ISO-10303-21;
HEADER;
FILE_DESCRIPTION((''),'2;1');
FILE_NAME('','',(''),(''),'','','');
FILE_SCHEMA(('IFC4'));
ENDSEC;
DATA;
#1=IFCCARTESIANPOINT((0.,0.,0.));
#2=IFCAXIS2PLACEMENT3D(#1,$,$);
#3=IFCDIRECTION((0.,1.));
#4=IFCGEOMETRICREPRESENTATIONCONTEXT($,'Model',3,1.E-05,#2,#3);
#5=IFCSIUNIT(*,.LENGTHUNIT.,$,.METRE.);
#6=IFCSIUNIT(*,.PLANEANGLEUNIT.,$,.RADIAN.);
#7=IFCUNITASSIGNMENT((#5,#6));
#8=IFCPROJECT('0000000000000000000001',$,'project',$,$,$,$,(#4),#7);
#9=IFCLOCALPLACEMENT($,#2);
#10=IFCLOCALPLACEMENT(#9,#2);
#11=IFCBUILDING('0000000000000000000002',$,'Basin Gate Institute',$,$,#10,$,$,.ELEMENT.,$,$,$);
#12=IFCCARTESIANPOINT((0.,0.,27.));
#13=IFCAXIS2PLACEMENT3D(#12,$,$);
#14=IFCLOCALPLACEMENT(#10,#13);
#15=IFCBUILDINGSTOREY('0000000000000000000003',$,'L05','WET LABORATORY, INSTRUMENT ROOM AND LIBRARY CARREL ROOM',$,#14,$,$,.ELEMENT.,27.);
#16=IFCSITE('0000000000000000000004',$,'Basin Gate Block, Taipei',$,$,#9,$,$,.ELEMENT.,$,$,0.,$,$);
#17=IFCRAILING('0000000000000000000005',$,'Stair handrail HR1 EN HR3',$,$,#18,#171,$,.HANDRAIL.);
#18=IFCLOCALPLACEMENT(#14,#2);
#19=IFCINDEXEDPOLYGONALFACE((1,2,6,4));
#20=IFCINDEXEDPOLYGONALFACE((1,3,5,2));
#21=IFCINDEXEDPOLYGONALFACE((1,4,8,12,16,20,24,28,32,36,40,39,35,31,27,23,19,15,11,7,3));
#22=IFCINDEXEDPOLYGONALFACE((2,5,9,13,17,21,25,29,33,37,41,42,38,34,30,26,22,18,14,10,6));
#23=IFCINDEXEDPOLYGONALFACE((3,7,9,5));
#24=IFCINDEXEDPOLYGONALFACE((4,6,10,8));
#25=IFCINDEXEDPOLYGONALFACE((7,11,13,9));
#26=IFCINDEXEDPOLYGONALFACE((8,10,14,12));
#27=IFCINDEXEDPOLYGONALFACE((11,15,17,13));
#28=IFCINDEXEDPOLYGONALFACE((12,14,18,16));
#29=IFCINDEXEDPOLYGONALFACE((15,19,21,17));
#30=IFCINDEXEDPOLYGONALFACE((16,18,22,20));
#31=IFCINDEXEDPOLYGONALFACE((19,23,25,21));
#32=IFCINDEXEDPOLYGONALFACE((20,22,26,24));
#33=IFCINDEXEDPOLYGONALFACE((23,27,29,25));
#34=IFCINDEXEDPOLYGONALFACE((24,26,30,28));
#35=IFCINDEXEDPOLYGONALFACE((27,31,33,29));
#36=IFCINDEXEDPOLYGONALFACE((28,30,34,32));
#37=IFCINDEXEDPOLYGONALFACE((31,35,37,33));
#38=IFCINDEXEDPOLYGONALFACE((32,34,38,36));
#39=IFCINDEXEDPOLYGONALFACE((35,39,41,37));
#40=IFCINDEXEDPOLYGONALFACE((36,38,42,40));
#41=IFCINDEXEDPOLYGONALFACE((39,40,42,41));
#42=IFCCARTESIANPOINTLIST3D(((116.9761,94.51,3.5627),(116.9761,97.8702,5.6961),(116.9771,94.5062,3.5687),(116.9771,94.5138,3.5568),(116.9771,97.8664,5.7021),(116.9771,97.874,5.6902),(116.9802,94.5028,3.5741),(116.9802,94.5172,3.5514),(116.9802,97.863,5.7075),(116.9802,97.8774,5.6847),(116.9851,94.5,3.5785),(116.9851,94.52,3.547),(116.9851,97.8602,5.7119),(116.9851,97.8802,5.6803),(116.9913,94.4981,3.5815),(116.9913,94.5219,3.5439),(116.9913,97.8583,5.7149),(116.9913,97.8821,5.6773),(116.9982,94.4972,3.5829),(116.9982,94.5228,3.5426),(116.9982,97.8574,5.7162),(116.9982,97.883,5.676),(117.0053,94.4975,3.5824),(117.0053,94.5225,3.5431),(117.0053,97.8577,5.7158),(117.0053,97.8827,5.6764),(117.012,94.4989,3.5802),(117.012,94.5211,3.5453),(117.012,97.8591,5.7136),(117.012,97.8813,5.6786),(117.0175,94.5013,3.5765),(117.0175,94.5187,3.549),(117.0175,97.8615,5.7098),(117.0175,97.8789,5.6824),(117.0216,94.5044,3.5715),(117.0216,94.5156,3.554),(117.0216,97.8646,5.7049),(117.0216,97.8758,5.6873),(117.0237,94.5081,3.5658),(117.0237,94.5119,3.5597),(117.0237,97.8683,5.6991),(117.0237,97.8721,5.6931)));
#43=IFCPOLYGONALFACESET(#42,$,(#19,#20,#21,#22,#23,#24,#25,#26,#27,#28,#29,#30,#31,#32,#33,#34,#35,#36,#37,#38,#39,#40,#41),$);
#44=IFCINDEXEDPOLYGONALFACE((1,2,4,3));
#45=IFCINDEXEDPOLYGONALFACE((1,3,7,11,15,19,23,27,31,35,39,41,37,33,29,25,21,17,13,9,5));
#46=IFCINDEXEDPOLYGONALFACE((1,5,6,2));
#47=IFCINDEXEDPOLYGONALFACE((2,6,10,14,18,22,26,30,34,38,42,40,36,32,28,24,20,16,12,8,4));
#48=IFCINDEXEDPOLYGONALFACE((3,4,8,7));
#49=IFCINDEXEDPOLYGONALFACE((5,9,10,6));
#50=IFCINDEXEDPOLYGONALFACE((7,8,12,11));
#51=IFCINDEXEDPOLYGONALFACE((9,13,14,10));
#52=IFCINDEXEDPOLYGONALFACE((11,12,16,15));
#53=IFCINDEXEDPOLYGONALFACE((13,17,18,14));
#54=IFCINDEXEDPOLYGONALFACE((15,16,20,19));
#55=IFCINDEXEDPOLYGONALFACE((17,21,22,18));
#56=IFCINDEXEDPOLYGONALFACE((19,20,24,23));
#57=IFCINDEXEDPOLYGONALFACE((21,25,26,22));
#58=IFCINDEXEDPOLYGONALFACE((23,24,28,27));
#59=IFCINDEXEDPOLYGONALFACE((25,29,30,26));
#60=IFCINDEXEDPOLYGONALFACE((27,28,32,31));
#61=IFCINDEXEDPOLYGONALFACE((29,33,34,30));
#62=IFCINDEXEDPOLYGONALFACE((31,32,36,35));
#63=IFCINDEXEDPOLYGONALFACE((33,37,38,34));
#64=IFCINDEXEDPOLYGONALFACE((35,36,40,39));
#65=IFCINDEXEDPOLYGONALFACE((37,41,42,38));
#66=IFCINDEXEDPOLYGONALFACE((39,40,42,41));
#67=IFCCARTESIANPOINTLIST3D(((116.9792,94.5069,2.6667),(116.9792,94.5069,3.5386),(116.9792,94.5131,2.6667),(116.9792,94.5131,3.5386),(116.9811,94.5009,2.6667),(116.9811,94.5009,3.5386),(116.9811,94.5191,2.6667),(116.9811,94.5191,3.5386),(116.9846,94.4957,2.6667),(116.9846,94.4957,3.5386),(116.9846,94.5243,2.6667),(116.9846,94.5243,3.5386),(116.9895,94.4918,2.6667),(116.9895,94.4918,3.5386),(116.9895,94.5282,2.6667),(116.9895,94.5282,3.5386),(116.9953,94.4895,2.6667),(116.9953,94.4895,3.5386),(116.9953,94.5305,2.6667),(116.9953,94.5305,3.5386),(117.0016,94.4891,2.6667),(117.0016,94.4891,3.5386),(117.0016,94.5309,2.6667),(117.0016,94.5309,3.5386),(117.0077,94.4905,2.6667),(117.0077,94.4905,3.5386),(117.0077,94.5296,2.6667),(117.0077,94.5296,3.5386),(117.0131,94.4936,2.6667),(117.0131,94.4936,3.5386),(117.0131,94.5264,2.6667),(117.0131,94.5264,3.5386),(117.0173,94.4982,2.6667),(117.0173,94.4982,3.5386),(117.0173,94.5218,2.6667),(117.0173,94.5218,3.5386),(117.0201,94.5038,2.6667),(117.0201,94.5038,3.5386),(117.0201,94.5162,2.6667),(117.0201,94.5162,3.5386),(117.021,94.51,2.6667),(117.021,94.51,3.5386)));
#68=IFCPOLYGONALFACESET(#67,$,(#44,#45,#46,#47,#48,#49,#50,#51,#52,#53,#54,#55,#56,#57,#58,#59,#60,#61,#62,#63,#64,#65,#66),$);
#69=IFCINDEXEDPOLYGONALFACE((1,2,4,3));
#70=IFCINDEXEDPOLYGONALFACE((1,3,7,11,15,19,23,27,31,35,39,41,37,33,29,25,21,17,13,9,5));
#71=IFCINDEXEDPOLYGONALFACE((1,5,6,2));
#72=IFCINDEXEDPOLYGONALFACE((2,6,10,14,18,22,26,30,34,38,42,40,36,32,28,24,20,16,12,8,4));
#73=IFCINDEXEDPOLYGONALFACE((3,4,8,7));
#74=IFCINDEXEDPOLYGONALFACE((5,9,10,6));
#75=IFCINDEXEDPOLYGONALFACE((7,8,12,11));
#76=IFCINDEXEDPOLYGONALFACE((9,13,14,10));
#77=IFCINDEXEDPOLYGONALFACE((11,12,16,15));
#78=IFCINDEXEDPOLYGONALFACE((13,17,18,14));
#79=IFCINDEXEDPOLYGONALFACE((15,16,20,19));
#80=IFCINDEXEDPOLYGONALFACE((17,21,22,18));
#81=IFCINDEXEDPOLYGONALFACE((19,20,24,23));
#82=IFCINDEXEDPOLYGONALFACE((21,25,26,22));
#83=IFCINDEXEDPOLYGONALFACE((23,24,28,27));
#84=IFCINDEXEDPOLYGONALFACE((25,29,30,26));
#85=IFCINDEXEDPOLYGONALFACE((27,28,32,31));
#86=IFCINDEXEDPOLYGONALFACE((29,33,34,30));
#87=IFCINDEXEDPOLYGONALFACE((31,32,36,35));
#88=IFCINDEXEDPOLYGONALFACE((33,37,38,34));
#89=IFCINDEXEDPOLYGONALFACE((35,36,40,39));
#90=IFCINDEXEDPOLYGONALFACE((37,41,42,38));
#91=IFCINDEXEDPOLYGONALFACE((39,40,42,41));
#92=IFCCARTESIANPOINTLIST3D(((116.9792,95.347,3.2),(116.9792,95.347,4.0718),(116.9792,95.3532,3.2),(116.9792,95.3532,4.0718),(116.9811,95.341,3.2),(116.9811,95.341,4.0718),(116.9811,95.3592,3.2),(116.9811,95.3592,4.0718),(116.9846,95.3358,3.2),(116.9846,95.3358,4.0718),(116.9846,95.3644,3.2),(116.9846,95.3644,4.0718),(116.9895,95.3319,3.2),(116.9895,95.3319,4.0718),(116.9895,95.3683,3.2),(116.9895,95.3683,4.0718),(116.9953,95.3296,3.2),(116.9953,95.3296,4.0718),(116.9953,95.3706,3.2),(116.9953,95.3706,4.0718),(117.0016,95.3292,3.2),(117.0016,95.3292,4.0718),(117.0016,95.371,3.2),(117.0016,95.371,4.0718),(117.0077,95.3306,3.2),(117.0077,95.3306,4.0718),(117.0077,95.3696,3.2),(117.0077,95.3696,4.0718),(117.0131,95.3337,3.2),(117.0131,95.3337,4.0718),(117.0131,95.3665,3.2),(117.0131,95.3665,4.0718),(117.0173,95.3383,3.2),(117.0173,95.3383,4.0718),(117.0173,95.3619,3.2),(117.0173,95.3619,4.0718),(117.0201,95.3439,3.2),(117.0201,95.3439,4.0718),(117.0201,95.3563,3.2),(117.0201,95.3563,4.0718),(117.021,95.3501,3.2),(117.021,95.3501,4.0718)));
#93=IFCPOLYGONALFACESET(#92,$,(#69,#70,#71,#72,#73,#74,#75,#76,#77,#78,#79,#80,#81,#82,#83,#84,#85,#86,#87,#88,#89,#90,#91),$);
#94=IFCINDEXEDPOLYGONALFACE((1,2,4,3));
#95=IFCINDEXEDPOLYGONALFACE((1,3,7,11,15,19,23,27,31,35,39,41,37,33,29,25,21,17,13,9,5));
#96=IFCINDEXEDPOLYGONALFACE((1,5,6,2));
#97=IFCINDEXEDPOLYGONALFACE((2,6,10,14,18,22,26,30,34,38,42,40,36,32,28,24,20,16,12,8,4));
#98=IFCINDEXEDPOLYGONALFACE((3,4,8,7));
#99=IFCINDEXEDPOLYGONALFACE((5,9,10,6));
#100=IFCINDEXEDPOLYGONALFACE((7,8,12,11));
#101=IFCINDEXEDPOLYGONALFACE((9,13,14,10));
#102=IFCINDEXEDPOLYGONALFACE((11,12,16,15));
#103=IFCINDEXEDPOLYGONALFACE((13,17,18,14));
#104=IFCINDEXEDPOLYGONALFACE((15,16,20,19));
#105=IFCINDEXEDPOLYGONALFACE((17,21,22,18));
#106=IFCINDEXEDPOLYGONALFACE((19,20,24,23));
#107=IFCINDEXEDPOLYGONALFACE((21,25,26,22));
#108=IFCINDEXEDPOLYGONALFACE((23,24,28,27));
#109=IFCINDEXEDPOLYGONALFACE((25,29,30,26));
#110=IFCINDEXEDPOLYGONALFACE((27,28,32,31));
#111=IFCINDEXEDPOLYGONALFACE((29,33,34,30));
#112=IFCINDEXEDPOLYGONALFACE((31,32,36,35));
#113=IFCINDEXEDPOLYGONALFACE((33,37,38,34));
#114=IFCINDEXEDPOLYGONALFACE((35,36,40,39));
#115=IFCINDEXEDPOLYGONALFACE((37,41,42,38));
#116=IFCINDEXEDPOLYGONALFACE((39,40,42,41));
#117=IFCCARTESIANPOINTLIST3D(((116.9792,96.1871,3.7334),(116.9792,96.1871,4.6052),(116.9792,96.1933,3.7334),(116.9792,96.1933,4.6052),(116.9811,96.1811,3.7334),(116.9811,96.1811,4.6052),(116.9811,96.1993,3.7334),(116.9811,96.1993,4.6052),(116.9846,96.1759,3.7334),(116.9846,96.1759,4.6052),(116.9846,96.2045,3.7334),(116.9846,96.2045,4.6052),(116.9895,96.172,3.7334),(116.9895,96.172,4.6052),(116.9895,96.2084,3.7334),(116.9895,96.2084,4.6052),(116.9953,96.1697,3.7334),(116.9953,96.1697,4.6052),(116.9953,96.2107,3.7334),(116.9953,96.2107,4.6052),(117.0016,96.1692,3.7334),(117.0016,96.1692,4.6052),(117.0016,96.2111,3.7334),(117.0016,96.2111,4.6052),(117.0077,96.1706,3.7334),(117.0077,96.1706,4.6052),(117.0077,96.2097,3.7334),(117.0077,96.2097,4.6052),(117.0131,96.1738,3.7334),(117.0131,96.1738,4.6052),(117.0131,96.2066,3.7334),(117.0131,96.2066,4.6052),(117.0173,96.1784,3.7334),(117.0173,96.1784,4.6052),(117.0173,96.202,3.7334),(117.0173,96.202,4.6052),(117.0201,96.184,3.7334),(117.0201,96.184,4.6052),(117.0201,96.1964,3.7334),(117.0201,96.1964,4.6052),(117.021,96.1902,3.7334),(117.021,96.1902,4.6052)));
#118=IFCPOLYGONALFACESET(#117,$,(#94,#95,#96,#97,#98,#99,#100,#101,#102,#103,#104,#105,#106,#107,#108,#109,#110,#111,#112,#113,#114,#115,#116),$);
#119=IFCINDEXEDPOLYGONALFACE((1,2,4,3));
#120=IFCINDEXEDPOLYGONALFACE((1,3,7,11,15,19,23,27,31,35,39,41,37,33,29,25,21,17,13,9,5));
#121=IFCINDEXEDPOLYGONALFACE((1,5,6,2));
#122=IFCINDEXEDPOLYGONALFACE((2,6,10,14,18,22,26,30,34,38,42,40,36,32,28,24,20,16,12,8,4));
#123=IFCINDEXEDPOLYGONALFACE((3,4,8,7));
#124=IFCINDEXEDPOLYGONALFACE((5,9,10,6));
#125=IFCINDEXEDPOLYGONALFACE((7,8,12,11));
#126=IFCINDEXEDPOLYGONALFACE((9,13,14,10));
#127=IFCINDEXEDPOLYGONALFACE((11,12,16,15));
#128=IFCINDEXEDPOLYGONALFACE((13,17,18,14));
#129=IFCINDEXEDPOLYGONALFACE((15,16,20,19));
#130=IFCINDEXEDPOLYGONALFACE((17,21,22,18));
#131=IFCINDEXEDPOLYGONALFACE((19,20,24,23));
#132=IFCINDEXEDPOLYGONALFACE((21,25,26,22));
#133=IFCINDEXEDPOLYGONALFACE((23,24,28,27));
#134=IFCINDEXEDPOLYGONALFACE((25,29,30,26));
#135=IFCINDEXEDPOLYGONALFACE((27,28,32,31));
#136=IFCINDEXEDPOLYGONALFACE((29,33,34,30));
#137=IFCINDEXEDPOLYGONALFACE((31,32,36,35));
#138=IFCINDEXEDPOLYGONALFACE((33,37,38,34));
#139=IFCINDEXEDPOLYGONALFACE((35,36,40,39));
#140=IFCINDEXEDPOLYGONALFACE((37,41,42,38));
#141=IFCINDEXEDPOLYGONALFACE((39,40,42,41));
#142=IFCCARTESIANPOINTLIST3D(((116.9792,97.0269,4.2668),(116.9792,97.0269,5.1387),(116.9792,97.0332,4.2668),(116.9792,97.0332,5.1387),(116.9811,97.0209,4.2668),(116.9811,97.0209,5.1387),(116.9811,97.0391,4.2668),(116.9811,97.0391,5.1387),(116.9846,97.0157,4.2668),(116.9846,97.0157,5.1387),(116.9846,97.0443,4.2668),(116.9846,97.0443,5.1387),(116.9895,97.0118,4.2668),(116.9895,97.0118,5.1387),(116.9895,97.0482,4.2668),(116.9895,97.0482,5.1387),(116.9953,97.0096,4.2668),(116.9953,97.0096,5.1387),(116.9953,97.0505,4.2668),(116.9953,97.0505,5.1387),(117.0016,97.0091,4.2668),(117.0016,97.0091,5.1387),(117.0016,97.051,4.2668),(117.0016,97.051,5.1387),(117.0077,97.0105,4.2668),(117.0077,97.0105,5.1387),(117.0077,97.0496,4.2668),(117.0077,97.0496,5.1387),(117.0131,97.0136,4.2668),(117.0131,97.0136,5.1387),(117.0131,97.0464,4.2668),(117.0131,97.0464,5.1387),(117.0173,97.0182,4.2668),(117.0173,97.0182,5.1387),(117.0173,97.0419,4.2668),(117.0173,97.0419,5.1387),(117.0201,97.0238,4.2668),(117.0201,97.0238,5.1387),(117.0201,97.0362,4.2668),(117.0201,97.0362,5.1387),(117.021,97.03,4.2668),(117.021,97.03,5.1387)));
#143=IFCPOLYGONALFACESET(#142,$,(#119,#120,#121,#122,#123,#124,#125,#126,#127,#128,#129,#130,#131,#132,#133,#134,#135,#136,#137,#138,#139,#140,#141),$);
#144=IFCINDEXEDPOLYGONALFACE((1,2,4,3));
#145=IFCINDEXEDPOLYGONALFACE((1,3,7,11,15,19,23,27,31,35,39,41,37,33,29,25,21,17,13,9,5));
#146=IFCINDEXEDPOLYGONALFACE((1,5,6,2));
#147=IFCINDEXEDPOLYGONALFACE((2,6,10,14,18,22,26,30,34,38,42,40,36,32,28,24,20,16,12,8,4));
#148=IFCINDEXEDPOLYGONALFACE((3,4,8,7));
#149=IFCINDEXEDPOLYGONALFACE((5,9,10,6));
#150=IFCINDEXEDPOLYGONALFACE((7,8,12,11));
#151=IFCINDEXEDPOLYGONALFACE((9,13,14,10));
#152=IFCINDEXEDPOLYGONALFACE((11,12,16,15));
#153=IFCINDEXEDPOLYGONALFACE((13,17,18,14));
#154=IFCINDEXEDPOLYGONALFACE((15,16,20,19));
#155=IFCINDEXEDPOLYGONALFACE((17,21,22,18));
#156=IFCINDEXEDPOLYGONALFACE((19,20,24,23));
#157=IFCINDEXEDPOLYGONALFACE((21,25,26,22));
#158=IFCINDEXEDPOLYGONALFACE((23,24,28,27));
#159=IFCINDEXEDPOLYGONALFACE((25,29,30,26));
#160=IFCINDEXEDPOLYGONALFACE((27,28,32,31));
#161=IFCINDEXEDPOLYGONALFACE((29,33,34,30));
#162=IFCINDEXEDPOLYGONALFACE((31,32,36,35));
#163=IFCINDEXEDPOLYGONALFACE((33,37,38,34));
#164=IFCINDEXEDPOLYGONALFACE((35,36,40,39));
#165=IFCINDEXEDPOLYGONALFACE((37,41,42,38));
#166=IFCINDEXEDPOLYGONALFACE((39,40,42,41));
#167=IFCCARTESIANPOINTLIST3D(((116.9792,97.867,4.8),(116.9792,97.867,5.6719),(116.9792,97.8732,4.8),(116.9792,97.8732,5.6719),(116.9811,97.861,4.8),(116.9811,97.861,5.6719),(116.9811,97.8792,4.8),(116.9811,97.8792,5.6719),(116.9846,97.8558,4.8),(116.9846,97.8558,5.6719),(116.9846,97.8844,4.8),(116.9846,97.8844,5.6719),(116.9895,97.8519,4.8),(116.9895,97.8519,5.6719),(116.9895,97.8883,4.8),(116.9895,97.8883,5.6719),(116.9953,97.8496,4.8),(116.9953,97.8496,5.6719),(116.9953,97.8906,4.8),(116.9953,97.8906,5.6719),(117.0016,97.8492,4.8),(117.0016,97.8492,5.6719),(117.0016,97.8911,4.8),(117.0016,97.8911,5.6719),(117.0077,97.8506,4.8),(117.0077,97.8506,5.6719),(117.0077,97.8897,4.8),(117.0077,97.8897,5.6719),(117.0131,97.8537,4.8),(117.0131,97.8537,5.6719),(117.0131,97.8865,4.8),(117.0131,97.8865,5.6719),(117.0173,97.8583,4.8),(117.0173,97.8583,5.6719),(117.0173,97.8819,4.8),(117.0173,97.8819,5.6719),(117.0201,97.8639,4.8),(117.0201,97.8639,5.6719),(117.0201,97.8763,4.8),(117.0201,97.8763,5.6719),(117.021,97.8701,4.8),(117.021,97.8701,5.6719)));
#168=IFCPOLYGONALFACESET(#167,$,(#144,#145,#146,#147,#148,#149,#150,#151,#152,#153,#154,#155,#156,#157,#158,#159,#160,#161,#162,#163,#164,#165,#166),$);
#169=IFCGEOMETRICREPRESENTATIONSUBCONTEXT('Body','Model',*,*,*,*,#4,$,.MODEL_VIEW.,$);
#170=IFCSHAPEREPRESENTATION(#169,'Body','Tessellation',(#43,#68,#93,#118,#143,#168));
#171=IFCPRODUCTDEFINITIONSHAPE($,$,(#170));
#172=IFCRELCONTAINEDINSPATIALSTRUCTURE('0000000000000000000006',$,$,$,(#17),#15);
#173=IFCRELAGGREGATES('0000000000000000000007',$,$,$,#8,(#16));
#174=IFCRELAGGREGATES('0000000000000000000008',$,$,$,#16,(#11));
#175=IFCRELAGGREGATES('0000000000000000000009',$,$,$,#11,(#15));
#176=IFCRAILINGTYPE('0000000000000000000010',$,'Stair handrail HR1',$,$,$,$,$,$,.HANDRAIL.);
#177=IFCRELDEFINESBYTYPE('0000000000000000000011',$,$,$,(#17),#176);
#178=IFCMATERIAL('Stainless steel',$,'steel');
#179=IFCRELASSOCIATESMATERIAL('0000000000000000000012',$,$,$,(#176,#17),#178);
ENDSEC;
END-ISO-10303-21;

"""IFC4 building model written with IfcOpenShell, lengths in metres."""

from ifc_helpers import new_model, si_unit, direction, frame, origin, origin_2d, place, context, subcontext, project, spatial, circle, extrude, material, type_object, element, save


model = new_model("IFC4")

# Units and contexts
model_context = context("Model", 3, precision=1e-05, world=origin(), true_north=direction((0.0, 1.0)))
body_context = subcontext(model_context, "Body", "Model", "MODEL_VIEW")
ifc_project = project(units=[si_unit("LENGTHUNIT", "METRE"), si_unit("PLANEANGLEUNIT", "RADIAN")], contexts=[model_context])

# Site, building, storey
site_placement = place(None, origin())
site = spatial("IfcSite", under=ifc_project, at=site_placement, Name="Basin Gate Block, Taipei", CompositionType="ELEMENT", RefElevation=0.0)
building_placement = place(site_placement, origin())
building = spatial("IfcBuilding", under=site, at=building_placement, Name="Basin Gate Institute", CompositionType="ELEMENT")
storey_placement = place(building_placement, frame((0.0, 0.0, 27.0)))
storey = spatial("IfcBuildingStorey", under=building, at=storey_placement, Name="L05", Description="WET LABORATORY, INSTRUMENT ROOM AND LIBRARY CARREL ROOM", CompositionType="ELEMENT", Elevation=27.0)

# Railing
ifc_material_1 = material(Name="Stainless steel", Category="steel")
railing_type_1 = type_object("IfcRailingType", Name="Stair handrail HR1", PredefinedType="HANDRAIL", material=ifc_material_1)
railing_1_placement = place(storey_placement, frame((117.0, 94.51, 2.6667)))
element("IfcRailing", 1, at=railing_1_placement, inside=storey, type_object=railing_type_1, material=ifc_material_1, Name="Stair handrail HR1 EN HR3", PredefinedType="HANDRAIL", context=body_context, shape_type="SweptSolid", body=[
    extrude(circle(Radius=0.0239, at=origin_2d()), frame((0.0, 0.0, 0.896), z_axis=(0.0, 0.844224, 0.53599), x_axis=(-1.0, 0.0, 0.0)), (0.0, 0.0, 1.0), 3.9802),
    extrude(circle(Radius=0.021, at=origin_2d()), origin(), (0.0, 0.0, 1.0), 0.8718),
    extrude(circle(Radius=0.021, at=origin_2d()), frame((0.0, 0.8401, 0.5332)), (0.0, 0.0, 1.0), 0.8718),
    extrude(circle(Radius=0.021, at=origin_2d()), frame((0.0, 1.6802, 1.0667)), (0.0, 0.0, 1.0), 0.8718),
    extrude(circle(Radius=0.021, at=origin_2d()), frame((0.0, 2.52, 1.6001)), (0.0, 0.0, 1.0), 0.8718),
    extrude(circle(Radius=0.021, at=origin_2d()), frame((0.0, 3.3601, 2.1333)), (0.0, 0.0, 1.0), 0.8718),
])

save(model, "model.ifc")
